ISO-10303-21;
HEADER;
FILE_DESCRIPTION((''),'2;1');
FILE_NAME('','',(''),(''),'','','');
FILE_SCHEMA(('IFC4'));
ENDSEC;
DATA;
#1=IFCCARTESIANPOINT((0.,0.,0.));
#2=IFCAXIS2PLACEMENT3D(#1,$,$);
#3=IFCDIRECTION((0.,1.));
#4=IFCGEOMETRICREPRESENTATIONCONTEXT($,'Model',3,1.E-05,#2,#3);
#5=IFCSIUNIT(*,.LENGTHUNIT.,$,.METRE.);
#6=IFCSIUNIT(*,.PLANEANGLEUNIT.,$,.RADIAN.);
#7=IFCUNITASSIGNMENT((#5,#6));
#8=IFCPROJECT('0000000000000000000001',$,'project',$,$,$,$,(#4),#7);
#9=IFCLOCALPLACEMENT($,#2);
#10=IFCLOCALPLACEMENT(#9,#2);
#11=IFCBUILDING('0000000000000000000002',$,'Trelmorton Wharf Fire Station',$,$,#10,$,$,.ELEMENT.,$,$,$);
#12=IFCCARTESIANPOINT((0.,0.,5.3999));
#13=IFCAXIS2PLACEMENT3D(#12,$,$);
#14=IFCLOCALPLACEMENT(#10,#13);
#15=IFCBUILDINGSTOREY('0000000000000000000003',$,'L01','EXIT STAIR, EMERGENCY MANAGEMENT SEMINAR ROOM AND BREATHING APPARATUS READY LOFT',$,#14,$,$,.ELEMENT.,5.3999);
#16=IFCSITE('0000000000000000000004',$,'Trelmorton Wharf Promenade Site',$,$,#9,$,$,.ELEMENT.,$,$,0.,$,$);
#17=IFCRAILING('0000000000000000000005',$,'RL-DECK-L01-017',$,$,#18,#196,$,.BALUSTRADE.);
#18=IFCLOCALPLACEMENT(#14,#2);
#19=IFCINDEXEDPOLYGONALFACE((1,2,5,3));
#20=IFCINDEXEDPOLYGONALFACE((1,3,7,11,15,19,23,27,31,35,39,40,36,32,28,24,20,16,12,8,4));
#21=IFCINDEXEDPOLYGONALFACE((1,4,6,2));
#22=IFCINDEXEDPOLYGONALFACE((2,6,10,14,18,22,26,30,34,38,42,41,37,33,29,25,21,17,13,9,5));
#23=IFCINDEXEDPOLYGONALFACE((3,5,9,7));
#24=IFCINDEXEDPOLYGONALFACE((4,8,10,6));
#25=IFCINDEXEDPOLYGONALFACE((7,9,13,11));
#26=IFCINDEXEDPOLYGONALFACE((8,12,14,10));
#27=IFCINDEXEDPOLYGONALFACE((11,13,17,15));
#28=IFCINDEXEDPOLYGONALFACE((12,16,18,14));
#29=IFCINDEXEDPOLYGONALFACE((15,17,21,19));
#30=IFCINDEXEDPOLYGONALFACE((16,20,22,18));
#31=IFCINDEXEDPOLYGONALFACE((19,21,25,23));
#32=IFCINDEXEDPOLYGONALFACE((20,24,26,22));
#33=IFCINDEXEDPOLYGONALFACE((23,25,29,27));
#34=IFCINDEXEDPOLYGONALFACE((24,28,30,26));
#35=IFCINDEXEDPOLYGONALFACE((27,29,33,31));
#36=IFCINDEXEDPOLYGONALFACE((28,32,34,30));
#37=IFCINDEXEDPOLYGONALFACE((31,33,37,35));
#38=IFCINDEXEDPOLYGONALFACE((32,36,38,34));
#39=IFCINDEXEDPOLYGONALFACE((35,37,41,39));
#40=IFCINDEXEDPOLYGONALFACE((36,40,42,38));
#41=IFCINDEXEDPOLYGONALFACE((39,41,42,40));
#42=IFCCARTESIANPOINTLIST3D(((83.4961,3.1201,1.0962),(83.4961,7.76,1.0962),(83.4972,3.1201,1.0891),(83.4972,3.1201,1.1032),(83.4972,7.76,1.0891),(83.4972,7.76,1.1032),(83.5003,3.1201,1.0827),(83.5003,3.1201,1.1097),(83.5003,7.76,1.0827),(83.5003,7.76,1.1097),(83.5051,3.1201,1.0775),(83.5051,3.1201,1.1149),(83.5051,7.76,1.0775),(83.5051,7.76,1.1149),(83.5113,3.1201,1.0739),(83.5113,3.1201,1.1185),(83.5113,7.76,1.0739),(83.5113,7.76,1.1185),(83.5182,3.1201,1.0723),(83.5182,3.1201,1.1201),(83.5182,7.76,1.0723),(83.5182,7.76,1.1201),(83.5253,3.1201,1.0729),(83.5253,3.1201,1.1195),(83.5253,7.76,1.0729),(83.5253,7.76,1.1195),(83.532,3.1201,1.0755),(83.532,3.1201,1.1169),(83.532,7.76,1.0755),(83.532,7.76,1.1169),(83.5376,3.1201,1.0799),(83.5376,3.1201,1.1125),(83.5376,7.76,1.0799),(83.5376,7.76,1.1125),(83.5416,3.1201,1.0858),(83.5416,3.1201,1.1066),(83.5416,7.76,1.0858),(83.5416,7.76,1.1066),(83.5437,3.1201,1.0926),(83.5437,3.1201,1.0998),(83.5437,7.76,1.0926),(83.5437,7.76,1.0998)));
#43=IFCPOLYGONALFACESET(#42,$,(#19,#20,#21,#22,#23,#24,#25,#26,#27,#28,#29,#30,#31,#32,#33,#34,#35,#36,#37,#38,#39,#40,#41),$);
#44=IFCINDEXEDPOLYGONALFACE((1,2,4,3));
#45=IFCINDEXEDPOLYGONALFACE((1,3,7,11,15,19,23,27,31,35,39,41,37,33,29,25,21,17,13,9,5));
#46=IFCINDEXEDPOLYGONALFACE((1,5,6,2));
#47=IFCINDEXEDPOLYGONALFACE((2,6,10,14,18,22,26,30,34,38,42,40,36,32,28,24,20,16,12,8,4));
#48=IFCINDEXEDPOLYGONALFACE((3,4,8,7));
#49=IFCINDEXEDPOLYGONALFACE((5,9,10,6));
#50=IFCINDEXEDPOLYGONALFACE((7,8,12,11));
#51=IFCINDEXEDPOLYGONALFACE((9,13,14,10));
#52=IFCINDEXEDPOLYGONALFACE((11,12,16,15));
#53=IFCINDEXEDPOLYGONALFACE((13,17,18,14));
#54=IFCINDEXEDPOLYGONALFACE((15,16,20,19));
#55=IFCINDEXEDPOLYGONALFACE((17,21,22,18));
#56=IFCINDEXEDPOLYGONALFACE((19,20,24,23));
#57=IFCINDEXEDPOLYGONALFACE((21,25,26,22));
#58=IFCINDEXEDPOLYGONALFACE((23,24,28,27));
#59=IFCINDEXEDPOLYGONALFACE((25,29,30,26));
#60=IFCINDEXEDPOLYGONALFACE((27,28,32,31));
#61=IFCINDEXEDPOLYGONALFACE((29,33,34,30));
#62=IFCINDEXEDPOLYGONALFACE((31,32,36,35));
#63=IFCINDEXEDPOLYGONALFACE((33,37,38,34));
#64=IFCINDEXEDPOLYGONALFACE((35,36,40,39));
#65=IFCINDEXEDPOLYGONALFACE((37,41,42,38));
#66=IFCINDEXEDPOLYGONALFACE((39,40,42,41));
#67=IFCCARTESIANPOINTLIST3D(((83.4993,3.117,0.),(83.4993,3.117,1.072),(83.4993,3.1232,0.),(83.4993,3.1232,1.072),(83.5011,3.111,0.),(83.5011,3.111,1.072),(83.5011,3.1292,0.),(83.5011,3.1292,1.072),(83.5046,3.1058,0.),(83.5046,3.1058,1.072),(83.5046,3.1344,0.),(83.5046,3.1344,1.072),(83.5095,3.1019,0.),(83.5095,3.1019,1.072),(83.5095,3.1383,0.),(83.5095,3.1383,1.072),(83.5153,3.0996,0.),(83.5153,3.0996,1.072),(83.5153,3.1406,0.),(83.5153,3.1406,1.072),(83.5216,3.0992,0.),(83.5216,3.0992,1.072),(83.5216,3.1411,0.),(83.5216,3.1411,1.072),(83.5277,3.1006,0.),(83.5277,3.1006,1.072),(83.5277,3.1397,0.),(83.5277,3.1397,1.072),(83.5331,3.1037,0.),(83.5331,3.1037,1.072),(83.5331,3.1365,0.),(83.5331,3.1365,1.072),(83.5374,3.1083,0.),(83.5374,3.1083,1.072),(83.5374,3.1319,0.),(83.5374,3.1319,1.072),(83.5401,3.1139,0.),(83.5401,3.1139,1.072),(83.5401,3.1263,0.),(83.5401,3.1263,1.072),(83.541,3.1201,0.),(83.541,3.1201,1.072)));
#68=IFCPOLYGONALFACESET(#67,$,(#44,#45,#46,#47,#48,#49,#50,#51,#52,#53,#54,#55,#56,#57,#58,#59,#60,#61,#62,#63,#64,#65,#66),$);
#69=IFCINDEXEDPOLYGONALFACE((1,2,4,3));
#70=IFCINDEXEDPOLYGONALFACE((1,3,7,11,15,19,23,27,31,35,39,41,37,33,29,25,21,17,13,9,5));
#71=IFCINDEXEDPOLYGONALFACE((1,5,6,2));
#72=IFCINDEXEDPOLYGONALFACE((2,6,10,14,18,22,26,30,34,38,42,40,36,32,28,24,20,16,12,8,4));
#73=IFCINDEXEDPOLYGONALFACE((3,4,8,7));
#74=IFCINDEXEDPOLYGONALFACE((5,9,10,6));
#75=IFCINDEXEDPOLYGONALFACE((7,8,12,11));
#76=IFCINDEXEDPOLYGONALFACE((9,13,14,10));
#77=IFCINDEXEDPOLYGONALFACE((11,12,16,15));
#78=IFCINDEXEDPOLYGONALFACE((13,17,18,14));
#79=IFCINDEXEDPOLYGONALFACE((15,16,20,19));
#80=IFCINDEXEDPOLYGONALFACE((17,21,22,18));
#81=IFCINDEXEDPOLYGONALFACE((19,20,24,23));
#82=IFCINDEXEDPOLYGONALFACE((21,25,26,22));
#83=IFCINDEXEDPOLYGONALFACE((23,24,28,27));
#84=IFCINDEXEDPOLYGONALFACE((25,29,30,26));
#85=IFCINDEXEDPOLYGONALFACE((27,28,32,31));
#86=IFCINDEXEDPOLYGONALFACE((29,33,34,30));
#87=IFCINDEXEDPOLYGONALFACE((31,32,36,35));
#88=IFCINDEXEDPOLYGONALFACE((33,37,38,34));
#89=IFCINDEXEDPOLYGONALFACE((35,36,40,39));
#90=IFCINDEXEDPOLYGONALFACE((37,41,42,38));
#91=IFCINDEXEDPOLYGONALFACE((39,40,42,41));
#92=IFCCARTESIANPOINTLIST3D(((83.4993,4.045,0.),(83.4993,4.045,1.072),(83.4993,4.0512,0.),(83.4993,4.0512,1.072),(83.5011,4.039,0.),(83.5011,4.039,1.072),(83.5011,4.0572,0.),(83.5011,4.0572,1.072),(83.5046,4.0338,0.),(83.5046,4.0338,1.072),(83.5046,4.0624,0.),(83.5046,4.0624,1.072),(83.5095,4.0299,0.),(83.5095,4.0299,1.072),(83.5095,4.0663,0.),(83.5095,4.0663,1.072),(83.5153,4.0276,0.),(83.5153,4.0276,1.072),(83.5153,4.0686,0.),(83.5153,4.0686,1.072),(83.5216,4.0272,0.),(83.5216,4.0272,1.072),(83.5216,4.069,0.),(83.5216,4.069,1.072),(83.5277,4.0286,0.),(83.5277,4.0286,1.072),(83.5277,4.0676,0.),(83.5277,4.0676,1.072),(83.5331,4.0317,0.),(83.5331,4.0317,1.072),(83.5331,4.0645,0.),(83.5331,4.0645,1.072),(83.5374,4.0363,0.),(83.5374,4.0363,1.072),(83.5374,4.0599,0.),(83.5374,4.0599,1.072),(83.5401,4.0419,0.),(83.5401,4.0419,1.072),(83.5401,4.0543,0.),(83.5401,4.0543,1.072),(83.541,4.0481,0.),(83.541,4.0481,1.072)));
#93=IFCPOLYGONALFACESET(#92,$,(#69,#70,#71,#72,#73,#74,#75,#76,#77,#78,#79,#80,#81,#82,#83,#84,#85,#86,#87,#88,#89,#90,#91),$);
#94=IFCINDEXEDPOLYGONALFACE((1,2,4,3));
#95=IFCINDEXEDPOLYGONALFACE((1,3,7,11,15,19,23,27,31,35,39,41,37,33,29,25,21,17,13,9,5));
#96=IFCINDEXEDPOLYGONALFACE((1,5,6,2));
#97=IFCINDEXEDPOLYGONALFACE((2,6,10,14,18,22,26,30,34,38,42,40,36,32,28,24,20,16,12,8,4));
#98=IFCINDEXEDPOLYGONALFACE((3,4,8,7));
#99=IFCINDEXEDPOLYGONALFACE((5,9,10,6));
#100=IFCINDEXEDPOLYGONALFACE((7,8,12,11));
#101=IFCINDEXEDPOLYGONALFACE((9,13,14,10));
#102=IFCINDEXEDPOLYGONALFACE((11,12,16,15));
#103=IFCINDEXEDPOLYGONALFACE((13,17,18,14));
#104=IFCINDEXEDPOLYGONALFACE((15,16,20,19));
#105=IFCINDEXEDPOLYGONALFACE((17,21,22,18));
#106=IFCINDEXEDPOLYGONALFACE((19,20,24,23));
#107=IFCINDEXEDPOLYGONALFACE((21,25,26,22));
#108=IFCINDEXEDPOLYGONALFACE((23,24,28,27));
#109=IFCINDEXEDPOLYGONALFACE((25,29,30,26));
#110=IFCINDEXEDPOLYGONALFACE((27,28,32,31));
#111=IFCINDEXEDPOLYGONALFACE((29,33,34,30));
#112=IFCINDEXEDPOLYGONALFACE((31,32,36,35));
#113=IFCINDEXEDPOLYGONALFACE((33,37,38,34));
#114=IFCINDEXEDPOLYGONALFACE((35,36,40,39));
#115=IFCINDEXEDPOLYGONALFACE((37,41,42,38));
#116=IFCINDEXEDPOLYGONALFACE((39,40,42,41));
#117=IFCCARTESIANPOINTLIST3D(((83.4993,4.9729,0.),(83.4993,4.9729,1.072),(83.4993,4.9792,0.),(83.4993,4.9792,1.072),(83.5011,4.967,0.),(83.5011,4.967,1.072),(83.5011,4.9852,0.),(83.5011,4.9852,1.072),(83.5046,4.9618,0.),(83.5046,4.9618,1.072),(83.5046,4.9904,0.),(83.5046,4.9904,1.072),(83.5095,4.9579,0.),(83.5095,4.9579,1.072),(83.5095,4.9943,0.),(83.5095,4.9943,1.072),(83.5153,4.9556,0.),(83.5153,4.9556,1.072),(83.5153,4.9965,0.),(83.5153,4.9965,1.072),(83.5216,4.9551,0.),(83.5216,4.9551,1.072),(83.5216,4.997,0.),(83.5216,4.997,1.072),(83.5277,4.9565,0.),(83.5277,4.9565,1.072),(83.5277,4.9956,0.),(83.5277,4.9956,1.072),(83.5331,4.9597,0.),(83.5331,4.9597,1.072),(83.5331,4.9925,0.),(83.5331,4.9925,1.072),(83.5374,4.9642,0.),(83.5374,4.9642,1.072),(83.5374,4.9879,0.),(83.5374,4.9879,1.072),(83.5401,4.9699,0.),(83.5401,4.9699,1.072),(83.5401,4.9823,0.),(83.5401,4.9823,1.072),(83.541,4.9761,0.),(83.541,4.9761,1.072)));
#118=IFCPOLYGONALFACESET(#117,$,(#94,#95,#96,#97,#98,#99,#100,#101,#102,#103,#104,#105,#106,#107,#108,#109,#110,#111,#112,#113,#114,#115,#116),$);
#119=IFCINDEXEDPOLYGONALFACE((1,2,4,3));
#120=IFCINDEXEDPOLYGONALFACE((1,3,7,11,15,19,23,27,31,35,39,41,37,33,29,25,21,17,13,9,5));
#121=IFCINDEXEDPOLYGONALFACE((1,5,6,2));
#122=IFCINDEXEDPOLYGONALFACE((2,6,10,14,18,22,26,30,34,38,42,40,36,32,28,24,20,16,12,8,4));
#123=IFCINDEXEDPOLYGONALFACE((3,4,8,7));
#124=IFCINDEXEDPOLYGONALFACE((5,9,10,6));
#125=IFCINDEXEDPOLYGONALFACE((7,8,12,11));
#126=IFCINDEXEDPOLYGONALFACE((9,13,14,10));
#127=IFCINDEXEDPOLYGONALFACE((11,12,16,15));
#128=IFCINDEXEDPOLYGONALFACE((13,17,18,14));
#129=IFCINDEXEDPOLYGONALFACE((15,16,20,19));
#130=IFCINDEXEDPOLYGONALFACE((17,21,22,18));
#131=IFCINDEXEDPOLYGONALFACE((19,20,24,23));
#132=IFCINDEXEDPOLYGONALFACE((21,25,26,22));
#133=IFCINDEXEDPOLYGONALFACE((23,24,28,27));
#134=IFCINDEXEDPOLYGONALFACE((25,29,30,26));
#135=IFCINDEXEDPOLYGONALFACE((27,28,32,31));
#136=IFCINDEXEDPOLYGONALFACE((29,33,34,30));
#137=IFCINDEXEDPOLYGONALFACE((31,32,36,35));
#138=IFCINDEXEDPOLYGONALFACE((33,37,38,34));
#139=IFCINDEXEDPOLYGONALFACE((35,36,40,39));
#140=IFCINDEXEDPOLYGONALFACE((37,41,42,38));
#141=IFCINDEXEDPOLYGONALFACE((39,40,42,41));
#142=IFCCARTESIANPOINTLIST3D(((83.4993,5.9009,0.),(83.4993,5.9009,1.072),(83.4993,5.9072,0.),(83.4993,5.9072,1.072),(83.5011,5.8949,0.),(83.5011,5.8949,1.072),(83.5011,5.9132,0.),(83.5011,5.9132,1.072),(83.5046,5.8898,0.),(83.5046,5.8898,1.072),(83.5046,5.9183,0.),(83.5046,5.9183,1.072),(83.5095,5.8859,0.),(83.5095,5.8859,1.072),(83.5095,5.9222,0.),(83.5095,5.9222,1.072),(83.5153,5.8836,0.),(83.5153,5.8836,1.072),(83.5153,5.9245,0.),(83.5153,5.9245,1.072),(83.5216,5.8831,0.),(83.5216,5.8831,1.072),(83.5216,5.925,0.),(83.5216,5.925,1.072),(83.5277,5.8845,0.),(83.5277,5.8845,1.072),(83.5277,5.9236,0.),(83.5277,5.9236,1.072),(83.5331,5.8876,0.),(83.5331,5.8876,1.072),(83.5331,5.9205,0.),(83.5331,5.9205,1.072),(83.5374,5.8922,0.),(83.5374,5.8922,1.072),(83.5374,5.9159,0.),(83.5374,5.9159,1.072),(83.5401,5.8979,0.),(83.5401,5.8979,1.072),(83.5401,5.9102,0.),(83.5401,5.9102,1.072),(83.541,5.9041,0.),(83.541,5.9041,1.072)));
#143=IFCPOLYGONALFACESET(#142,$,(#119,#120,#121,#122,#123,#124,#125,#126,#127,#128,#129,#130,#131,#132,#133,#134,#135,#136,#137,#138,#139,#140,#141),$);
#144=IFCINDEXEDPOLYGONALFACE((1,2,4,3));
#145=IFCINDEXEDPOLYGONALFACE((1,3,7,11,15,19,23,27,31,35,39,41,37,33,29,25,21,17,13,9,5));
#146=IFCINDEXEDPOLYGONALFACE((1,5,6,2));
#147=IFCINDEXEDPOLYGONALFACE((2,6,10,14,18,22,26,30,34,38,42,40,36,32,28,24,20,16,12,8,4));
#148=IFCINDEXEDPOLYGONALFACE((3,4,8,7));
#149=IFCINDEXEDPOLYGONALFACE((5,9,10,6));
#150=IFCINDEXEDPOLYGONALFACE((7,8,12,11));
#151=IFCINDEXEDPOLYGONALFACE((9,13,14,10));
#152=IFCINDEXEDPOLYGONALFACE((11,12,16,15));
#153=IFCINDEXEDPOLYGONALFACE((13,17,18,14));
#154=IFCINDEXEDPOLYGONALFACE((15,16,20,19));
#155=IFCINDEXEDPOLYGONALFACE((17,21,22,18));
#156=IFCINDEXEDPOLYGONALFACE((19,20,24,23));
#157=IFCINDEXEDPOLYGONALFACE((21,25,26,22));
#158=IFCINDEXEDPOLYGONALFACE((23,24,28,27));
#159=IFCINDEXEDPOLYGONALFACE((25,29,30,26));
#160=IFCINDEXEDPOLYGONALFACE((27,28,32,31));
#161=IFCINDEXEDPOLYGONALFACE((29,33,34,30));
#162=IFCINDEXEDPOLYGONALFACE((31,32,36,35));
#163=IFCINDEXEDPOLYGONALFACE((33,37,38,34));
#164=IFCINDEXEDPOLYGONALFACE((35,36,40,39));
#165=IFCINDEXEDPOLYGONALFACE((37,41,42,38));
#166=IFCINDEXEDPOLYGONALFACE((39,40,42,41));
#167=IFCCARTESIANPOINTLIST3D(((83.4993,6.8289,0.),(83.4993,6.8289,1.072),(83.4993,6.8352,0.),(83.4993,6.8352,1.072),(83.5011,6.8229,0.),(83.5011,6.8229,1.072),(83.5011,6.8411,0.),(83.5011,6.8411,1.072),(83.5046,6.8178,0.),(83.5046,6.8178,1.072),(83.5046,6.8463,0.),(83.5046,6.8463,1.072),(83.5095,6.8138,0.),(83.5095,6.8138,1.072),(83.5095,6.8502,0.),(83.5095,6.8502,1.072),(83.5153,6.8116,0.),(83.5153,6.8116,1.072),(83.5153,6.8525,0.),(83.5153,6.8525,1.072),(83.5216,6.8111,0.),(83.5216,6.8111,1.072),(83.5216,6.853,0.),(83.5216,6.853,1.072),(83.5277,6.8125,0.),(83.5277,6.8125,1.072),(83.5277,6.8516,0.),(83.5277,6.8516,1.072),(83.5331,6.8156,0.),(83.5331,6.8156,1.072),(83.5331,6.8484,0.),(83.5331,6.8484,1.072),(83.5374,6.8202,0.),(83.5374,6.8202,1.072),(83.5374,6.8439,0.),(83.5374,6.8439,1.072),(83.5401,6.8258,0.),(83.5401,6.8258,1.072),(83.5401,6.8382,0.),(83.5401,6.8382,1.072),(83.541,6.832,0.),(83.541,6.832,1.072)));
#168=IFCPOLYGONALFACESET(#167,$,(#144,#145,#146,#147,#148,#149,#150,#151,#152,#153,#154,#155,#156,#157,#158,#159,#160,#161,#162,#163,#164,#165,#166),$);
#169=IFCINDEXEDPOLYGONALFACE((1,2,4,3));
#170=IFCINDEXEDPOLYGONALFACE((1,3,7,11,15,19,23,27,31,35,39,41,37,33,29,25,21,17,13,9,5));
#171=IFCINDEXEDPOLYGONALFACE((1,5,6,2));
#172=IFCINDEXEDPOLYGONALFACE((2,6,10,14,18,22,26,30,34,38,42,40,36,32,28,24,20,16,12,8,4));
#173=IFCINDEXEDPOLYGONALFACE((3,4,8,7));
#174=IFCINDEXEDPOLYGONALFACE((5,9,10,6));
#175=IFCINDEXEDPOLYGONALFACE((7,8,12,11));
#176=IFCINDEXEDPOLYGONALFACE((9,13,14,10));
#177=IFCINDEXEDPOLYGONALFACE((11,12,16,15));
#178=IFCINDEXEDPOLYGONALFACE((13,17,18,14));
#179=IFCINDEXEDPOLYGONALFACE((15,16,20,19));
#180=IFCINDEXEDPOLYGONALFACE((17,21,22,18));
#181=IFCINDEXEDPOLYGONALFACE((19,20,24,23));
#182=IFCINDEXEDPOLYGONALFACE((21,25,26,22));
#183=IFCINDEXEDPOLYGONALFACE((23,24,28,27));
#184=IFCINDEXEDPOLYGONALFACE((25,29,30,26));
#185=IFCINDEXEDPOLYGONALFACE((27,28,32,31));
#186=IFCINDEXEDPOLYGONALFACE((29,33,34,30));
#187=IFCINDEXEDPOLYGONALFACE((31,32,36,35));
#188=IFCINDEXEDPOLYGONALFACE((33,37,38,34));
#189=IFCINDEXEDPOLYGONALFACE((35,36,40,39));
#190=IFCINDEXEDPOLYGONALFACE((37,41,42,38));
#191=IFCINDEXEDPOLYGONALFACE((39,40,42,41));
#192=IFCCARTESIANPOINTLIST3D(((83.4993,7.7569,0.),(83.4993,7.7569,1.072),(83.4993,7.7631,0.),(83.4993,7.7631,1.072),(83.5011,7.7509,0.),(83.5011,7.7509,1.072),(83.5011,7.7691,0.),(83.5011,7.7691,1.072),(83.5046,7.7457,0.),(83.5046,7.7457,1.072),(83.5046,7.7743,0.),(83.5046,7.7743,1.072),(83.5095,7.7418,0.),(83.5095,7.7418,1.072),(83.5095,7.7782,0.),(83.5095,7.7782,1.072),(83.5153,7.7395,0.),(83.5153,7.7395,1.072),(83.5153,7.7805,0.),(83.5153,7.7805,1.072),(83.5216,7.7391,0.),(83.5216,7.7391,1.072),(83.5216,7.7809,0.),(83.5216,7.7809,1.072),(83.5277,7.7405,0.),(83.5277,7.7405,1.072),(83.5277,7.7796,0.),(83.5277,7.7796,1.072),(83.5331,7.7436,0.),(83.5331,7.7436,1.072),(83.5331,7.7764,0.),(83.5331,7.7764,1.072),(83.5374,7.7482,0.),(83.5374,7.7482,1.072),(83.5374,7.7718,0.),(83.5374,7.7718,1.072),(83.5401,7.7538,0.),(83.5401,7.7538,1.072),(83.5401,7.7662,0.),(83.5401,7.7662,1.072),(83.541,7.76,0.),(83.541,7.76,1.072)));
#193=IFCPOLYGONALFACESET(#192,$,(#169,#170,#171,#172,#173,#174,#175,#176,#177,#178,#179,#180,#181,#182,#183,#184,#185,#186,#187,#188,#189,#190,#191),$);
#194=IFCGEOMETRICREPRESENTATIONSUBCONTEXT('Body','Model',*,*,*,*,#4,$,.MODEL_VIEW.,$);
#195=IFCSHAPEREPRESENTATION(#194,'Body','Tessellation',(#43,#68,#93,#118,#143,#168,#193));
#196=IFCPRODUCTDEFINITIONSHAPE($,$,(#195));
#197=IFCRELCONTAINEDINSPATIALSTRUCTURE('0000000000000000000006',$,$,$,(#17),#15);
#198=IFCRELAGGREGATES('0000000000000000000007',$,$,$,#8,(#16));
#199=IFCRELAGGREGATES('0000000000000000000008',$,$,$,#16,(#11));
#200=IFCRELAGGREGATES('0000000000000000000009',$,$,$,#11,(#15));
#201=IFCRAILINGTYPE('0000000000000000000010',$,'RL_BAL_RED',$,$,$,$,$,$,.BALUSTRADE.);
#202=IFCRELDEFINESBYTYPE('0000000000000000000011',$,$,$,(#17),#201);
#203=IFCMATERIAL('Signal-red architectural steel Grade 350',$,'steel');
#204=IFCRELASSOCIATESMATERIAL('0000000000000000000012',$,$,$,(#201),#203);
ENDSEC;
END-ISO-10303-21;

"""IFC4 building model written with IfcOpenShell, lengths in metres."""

from ifc_helpers import new_model, si_unit, direction, frame, origin, origin_2d, place, context, subcontext, project, spatial, circle, extrude, material, type_object, element, save


model = new_model("IFC4")

# Units and contexts
model_context = context("Model", 3, precision=1e-05, world=origin(), true_north=direction((0.0, 1.0)))
body_context = subcontext(model_context, "Body", "Model", "MODEL_VIEW")
ifc_project = project(units=[si_unit("LENGTHUNIT", "METRE"), si_unit("PLANEANGLEUNIT", "RADIAN")], contexts=[model_context])

# Site, building, storey
site_placement = place(None, origin())
site = spatial("IfcSite", under=ifc_project, at=site_placement, Name="Trelmorton Wharf Promenade Site", CompositionType="ELEMENT", RefElevation=0.0)
building_placement = place(site_placement, origin())
building = spatial("IfcBuilding", under=site, at=building_placement, Name="Trelmorton Wharf Fire Station", CompositionType="ELEMENT")
storey_placement = place(building_placement, frame((0.0, 0.0, 5.3999)))
storey = spatial("IfcBuildingStorey", under=building, at=storey_placement, Name="L01", Description="EXIT STAIR, EMERGENCY MANAGEMENT SEMINAR ROOM AND BREATHING APPARATUS READY LOFT", CompositionType="ELEMENT", Elevation=5.3999)

# Shared definitions
ifc_material_1 = material(Name="Signal-red architectural steel Grade 350", Category="steel")

# Railing
railing_type = type_object("IfcRailingType", Name="RL_BAL_RED", PredefinedType="BALUSTRADE", material=ifc_material_1)
railing_placement = place(storey_placement, frame((83.52, 3.1201, 0.0)))
element("IfcRailing", 1, at=railing_placement, inside=storey, type_object=railing_type, Name="RL-DECK-L01-017", PredefinedType="BALUSTRADE", context=body_context, shape_type="SweptSolid", body=[
    extrude(circle(Radius=0.0239, at=origin_2d()), frame((0.0, 0.0, 1.0962), z_axis=(0.0, 1.0, 0.0), x_axis=(-1.0, 0.0, 0.0)), (0.0, 0.0, 1.0), 4.6399),
    extrude(circle(Radius=0.021, at=origin_2d()), origin(), (0.0, 0.0, 1.0), 1.072),
    extrude(circle(Radius=0.021, at=origin_2d()), frame((0.0, 0.928, 0.0)), (0.0, 0.0, 1.0), 1.072),
    extrude(circle(Radius=0.021, at=origin_2d()), frame((0.0, 1.856, 0.0)), (0.0, 0.0, 1.0), 1.072),
    extrude(circle(Radius=0.021, at=origin_2d()), frame((0.0, 2.7839, 0.0)), (0.0, 0.0, 1.0), 1.072),
    extrude(circle(Radius=0.021, at=origin_2d()), frame((0.0, 3.7119, 0.0)), (0.0, 0.0, 1.0), 1.072),
    extrude(circle(Radius=0.021, at=origin_2d()), frame((0.0, 4.6399, 0.0)), (0.0, 0.0, 1.0), 1.072),
])

save(model, "model.ifc")
